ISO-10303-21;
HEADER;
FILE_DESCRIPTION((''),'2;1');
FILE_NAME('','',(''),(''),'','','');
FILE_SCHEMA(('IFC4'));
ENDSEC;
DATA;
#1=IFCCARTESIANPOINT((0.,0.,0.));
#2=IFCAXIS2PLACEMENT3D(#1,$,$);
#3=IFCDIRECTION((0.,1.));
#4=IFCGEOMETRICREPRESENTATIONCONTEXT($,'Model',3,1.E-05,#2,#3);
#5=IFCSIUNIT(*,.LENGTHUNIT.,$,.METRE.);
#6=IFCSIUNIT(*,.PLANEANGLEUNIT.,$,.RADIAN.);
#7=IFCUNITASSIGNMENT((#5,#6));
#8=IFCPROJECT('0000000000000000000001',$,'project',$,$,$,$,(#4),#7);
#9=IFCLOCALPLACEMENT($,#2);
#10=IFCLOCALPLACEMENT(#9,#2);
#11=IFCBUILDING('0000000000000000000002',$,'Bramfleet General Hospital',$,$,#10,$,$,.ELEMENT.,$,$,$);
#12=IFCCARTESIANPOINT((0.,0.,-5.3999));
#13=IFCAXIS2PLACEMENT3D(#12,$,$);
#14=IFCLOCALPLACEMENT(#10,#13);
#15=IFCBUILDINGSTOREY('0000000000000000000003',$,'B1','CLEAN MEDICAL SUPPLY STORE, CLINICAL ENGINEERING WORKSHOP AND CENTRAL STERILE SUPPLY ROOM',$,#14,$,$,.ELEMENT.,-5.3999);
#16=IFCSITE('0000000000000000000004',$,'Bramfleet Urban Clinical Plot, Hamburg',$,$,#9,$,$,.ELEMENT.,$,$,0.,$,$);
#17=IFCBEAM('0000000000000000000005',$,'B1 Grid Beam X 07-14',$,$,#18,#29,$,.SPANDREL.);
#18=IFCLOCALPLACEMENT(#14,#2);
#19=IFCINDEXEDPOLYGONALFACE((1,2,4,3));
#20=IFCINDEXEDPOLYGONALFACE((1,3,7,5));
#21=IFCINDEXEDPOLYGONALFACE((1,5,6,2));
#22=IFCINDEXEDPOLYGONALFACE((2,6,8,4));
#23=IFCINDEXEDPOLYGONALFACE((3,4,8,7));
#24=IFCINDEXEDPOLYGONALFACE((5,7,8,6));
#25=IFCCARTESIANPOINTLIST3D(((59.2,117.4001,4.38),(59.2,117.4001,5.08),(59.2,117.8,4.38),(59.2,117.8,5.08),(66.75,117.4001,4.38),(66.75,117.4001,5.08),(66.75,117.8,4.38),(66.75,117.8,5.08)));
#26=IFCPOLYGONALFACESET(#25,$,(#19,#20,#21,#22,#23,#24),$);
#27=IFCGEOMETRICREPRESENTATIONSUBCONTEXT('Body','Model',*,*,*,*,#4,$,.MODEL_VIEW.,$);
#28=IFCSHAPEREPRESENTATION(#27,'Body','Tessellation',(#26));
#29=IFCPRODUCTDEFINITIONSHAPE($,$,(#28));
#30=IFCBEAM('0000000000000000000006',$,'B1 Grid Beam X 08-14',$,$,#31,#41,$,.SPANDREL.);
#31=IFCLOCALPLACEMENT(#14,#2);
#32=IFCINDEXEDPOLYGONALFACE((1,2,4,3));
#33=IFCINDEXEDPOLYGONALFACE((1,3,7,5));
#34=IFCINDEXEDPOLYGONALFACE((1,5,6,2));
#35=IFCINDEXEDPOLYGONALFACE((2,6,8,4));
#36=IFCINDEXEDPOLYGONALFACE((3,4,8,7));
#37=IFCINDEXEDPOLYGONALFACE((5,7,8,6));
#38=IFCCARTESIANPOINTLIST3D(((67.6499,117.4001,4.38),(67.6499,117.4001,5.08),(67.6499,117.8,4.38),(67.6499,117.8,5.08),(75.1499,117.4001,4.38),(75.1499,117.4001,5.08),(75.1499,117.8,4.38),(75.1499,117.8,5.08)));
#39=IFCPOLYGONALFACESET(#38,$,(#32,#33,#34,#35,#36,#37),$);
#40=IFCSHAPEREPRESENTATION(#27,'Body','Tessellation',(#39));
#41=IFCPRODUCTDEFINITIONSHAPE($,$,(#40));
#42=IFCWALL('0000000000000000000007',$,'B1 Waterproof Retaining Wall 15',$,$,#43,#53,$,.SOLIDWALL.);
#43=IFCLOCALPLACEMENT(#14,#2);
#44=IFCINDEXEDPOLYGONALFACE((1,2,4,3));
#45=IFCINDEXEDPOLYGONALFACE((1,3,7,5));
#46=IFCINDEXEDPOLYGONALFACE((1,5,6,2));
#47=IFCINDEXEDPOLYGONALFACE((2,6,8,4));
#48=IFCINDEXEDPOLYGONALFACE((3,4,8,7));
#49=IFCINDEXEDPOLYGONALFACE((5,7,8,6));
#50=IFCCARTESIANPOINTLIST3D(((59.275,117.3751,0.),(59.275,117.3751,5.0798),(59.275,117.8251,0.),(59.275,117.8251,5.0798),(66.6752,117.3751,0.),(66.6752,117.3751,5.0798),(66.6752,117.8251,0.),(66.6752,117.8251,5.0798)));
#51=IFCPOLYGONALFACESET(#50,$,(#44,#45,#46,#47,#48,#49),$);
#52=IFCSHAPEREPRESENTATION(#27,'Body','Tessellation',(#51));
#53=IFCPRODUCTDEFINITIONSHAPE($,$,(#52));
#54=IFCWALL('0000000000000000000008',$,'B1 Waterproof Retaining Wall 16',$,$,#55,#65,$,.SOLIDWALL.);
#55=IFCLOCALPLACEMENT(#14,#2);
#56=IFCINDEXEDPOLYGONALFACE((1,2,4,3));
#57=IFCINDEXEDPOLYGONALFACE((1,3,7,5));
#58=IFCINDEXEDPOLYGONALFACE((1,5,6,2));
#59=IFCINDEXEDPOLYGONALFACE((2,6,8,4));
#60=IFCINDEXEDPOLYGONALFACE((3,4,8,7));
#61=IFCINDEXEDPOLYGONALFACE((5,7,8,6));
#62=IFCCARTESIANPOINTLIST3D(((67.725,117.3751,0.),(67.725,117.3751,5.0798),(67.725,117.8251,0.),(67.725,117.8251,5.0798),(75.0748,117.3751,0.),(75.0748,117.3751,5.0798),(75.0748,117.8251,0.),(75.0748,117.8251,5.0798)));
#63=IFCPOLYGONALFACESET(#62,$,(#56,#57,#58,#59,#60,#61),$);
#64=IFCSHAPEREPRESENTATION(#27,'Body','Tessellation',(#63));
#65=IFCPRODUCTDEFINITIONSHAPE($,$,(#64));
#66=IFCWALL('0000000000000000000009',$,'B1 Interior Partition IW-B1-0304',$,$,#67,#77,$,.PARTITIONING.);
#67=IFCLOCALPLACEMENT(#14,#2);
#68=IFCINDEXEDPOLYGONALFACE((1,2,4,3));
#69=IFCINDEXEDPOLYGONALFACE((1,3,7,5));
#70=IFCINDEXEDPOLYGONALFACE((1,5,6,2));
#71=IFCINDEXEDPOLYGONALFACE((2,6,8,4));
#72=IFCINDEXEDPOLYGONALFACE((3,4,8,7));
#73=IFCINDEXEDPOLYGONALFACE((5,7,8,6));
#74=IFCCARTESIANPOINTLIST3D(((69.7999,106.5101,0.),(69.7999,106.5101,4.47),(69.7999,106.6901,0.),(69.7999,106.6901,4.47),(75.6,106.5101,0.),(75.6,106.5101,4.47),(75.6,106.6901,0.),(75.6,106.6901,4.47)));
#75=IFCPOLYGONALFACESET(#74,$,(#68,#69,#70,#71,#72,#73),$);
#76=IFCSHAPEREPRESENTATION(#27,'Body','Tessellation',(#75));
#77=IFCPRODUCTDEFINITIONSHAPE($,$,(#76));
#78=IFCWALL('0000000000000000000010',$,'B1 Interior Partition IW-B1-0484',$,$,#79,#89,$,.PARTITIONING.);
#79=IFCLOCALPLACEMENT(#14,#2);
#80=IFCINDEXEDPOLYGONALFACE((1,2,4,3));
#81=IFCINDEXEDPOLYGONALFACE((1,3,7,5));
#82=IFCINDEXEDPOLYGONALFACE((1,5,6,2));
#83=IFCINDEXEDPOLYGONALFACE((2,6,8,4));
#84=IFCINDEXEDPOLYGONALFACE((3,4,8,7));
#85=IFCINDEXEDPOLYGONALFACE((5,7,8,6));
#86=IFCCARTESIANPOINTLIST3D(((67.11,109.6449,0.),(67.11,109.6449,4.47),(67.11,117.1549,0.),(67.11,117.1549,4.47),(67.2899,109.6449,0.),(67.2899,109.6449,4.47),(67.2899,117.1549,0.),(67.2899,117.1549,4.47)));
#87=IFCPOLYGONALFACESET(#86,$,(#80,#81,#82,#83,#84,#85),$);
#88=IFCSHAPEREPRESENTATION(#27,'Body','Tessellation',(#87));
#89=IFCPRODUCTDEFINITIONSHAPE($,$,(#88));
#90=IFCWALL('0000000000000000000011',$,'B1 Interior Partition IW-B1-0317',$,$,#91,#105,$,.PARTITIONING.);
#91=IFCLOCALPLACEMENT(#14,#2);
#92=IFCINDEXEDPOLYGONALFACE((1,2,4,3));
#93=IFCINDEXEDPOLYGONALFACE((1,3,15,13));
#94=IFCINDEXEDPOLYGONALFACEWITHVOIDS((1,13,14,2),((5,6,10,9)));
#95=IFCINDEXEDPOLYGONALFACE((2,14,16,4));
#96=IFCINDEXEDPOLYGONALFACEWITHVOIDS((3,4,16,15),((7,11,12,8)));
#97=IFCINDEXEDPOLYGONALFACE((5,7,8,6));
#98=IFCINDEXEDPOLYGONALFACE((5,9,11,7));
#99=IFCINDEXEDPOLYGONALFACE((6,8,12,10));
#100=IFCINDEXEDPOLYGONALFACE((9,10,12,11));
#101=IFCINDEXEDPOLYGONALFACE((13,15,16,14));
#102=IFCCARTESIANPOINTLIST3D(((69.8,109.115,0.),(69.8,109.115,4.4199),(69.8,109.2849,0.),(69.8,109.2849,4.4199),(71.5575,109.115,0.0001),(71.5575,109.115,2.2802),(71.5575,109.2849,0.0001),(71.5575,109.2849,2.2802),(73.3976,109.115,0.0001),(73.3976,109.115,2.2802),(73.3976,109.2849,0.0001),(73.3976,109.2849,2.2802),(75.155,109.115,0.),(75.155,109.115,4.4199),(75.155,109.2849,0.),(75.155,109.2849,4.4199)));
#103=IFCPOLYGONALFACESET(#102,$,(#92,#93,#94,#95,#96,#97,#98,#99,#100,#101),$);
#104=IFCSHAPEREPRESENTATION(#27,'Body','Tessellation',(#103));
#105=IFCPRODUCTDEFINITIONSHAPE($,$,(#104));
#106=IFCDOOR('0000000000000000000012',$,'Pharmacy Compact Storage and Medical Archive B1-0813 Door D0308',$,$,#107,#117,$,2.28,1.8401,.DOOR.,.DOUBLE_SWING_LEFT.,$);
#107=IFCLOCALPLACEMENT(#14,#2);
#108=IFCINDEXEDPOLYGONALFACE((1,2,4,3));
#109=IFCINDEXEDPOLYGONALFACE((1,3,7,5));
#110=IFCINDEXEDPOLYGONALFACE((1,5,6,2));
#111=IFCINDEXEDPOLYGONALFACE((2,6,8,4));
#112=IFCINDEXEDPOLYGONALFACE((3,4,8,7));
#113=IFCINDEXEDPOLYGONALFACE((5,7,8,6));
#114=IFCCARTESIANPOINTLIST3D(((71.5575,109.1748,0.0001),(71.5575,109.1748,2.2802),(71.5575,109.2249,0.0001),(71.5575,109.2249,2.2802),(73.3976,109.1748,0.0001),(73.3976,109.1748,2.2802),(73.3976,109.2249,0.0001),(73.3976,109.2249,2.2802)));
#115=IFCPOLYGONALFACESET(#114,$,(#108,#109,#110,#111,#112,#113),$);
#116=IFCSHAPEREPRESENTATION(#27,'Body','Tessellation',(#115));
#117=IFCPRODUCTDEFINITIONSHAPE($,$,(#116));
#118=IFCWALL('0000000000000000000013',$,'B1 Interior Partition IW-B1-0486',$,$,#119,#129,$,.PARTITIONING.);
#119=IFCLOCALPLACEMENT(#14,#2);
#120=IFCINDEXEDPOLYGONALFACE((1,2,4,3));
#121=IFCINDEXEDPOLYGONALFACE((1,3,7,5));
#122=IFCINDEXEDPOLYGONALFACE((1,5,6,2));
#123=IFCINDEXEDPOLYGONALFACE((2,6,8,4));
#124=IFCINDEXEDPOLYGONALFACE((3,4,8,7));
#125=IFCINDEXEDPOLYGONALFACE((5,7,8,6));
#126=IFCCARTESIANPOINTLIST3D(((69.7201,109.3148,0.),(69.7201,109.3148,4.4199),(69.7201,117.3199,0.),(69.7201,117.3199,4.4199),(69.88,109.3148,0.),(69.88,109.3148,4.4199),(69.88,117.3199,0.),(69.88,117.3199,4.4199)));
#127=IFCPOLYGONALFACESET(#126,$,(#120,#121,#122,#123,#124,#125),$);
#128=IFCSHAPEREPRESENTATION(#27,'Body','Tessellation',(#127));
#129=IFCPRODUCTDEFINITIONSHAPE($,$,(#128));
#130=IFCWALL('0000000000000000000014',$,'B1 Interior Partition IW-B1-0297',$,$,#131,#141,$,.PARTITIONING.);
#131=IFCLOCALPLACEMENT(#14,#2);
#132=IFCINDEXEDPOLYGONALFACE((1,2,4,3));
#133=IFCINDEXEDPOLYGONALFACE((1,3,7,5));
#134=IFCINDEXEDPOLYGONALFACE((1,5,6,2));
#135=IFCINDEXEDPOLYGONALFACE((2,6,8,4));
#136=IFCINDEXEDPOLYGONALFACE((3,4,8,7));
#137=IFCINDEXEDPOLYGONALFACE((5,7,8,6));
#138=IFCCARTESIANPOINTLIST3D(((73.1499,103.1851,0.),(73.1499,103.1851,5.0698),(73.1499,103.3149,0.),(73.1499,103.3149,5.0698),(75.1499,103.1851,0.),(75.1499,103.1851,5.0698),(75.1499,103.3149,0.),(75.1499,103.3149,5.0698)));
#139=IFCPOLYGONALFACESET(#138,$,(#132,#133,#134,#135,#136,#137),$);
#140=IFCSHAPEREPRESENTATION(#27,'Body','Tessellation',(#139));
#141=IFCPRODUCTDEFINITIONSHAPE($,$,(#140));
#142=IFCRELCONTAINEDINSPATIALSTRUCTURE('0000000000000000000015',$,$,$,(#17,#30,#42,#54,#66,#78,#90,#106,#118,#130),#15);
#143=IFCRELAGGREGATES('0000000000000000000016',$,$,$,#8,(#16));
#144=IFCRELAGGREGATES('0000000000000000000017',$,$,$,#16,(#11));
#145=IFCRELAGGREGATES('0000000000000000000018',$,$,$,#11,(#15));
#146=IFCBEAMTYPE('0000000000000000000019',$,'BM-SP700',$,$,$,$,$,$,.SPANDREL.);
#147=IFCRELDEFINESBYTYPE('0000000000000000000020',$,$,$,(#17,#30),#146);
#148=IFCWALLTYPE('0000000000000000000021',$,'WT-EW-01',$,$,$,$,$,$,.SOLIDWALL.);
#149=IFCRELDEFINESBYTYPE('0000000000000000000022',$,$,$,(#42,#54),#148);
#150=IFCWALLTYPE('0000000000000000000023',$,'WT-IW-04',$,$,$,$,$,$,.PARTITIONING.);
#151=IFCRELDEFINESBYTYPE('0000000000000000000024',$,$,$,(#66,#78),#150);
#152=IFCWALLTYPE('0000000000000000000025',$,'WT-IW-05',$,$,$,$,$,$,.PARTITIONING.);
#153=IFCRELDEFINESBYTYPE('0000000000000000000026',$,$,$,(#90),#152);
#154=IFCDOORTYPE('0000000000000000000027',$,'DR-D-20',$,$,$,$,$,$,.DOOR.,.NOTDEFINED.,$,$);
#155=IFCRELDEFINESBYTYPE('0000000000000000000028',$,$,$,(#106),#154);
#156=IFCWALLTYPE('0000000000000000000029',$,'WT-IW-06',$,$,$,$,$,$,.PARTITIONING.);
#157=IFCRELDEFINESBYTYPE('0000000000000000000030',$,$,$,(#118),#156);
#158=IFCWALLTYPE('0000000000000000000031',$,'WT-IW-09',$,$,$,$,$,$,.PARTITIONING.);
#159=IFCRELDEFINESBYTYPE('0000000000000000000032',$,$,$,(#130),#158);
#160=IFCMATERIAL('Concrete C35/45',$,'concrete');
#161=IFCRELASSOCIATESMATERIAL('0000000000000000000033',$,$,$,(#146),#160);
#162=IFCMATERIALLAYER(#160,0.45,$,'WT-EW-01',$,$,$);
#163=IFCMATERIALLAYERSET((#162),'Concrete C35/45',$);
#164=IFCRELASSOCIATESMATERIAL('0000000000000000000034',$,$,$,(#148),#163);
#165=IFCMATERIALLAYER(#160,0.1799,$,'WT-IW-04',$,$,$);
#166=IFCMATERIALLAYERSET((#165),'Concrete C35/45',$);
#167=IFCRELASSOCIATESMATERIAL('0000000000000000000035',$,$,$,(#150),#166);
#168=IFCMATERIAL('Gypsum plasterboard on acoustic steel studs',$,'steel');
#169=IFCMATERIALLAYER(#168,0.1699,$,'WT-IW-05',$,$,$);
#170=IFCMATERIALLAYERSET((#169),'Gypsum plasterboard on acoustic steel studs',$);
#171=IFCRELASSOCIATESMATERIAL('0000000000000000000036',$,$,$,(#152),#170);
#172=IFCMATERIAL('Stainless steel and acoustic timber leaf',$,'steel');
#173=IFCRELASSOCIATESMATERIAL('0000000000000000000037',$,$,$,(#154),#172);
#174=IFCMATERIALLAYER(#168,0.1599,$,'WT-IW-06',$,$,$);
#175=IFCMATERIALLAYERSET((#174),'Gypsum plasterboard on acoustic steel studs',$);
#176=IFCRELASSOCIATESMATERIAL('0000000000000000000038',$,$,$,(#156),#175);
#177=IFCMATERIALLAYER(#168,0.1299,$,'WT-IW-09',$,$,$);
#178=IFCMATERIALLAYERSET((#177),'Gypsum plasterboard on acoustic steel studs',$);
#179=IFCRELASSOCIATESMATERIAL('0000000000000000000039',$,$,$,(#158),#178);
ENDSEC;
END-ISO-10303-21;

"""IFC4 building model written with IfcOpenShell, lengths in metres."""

from ifc_helpers import new_model, si_unit, direction, frame, frame_2d, origin, origin_2d, place, context, subcontext, project, spatial, rectangle, extrude, material, layer, layer_set, material_profile, profile_set, type_object, element, fill, save


model = new_model("IFC4")

# Units and contexts
model_context = context("Model", 3, precision=1e-05, world=origin(), true_north=direction((0.0, 1.0)))
body_context = subcontext(model_context, "Body", "Model", "MODEL_VIEW")
ifc_project = project(units=[si_unit("LENGTHUNIT", "METRE"), si_unit("PLANEANGLEUNIT", "RADIAN")], contexts=[model_context])

# Site, building, storey
site_placement = place(None, origin())
site = spatial("IfcSite", under=ifc_project, at=site_placement, Name="Bramfleet Urban Clinical Plot, Hamburg", CompositionType="ELEMENT", RefElevation=0.0)
building_placement = place(site_placement, origin())
building = spatial("IfcBuilding", under=site, at=building_placement, Name="Bramfleet General Hospital", CompositionType="ELEMENT")
storey_placement = place(building_placement, frame((0.0, 0.0, -5.3999)))
storey = spatial("IfcBuildingStorey", under=building, at=storey_placement, Name="B1", Description="CLEAN MEDICAL SUPPLY STORE, CLINICAL ENGINEERING WORKSHOP AND CENTRAL STERILE SUPPLY ROOM", CompositionType="ELEMENT", Elevation=-5.3999)

# Shared definitions
ifc_material_1 = material(Name="Concrete C35/45", Category="concrete")

# Beams
ifc_material_profile_1 = material_profile(ifc_material_1, rectangle(XDim=0.3999, YDim=0.7, at=origin_2d()), Name="RC SP 700x400")
ifc_profile_set_1 = profile_set([ifc_material_profile_1], Name="Concrete C35/45")
beam_type_1 = type_object("IfcBeamType", Name="BM-SP700", PredefinedType="SPANDREL", material=ifc_profile_set_1)
beam_1_placement = place(storey_placement, frame((59.2, 117.6001, 4.73), z_axis=(1.0, 0.0, 0.0), x_axis=(0.0, 1.0, 0.0)))
element("IfcBeam", 1, at=beam_1_placement, inside=storey, type_object=beam_type_1, Name="B1 Grid Beam X 07-14", PredefinedType="SPANDREL", context=body_context, shape_type="SweptSolid", body=[
    extrude(rectangle(XDim=0.3999, YDim=0.7, at=origin_2d()), origin(), (0.0, 0.0, 1.0), 7.55),
])
beam_2_placement = place(storey_placement, frame((67.6499, 117.6001, 4.73), z_axis=(1.0, 0.0, 0.0), x_axis=(0.0, 1.0, 0.0)))
element("IfcBeam", 2, at=beam_2_placement, inside=storey, type_object=beam_type_1, Name="B1 Grid Beam X 08-14", PredefinedType="SPANDREL", context=body_context, shape_type="SweptSolid", body=[
    extrude(rectangle(XDim=0.3999, YDim=0.7, at=origin_2d()), origin(), (0.0, 0.0, 1.0), 7.5),
])

# Walls
ifc_layer_1 = layer(ifc_material_1, 0.45, Name="WT-EW-01")
ifc_layer_set_1 = layer_set([ifc_layer_1], Name="Concrete C35/45")
wall_type_1 = type_object("IfcWallType", Name="WT-EW-01", PredefinedType="SOLIDWALL", material=ifc_layer_set_1)
wall_1_placement = place(storey_placement, frame((59.2749, 117.6001, 0.0), z_axis=(0.0, 0.0, 1.0), x_axis=(1.0, 0.0, 0.0)))
element("IfcWall", 3, at=wall_1_placement, inside=storey, type_object=wall_type_1, Name="B1 Waterproof Retaining Wall 15", PredefinedType="SOLIDWALL", context=body_context, shape_type="SweptSolid", body=[
    extrude(rectangle(XDim=7.4001, YDim=0.45, at=frame_2d((3.7002, 0.0))), origin(), (0.0, 0.0, 1.0), 5.0798),
])
wall_2_placement = place(storey_placement, frame((67.7251, 117.6001, 0.0), z_axis=(0.0, 0.0, 1.0), x_axis=(1.0, 0.0, 0.0)))
element("IfcWall", 4, at=wall_2_placement, inside=storey, type_object=wall_type_1, Name="B1 Waterproof Retaining Wall 16", PredefinedType="SOLIDWALL", context=body_context, shape_type="SweptSolid", body=[
    extrude(rectangle(XDim=7.3499, YDim=0.45, at=frame_2d((3.6748, 0.0))), origin(), (0.0, 0.0, 1.0), 5.0798),
])
ifc_layer_2 = layer(ifc_material_1, 0.1799, Name="WT-IW-04")
ifc_layer_set_2 = layer_set([ifc_layer_2], Name="Concrete C35/45")
wall_type_2 = type_object("IfcWallType", Name="WT-IW-04", PredefinedType="PARTITIONING", material=ifc_layer_set_2)
wall_3_placement = place(storey_placement, frame((69.8, 106.6001, 0.0), z_axis=(0.0, 0.0, 1.0), x_axis=(1.0, 0.0, 0.0)))
element("IfcWall", 5, at=wall_3_placement, inside=storey, type_object=wall_type_2, Name="B1 Interior Partition IW-B1-0304", PredefinedType="PARTITIONING", context=body_context, shape_type="SweptSolid", body=[
    extrude(rectangle(XDim=5.8, YDim=0.1799, at=frame_2d((2.8999, 0.0))), origin(), (0.0, 0.0, 1.0), 4.47),
])
wall_4_placement = place(storey_placement, frame((67.2, 109.645, 0.0), z_axis=(0.0, 0.0, 1.0), x_axis=(0.0, 1.0, 0.0)))
element("IfcWall", 6, at=wall_4_placement, inside=storey, type_object=wall_type_2, Name="B1 Interior Partition IW-B1-0484", PredefinedType="PARTITIONING", context=body_context, shape_type="SweptSolid", body=[
    extrude(rectangle(XDim=7.51, YDim=0.1799, at=frame_2d((3.7549, 0.0))), origin(), (0.0, 0.0, 1.0), 4.47),
])

# Wall, opening, door
ifc_material_2 = material(Name="Gypsum plasterboard on acoustic steel studs", Category="steel")
ifc_layer_3 = layer(ifc_material_2, 0.1699, Name="WT-IW-05")
ifc_layer_set_3 = layer_set([ifc_layer_3], Name="Gypsum plasterboard on acoustic steel studs")
wall_type_3 = type_object("IfcWallType", Name="WT-IW-05", PredefinedType="PARTITIONING", material=ifc_layer_set_3)
wall_5_placement = place(storey_placement, frame((69.8, 109.2, 0.0), z_axis=(0.0, 0.0, 1.0), x_axis=(1.0, 0.0, 0.0)))
wall_5 = element("IfcWall", 7, at=wall_5_placement, inside=storey, type_object=wall_type_3, Name="B1 Interior Partition IW-B1-0317", PredefinedType="PARTITIONING", context=body_context, shape_type="SweptSolid", body=[
    extrude(rectangle(XDim=5.355, YDim=0.1699, at=frame_2d((2.6775, 0.0))), origin(), (0.0, 0.0, 1.0), 4.4199),
])
opening_placement = place(wall_5_placement, frame((1.7576, 0.0, 0.0)))
opening = element("IfcOpeningElement", 8, at=opening_placement, cuts=wall_5, PredefinedType="OPENING", context=body_context, shape_type="SweptSolid", body=[
    extrude(rectangle(XDim=1.8401, YDim=2.28, at=frame_2d((0.9199, 1.1401))), frame((0.0, 0.095, 0.0), z_axis=(0.0, -1.0, 0.0), x_axis=(1.0, 0.0, 0.0)), (0.0, 0.0, 1.0), 0.1899),
])
ifc_material_3 = material(Name="Stainless steel and acoustic timber leaf", Category="steel")
door_type = type_object("IfcDoorType", Name="DR-D-20", OperationType="NOTDEFINED", PredefinedType="DOOR", material=ifc_material_3)
door_placement = place(opening_placement, origin())
door = element("IfcDoor", 9, at=door_placement, inside=storey, type_object=door_type, Name="Pharmacy Compact Storage and Medical Archive B1-0813 Door D0308", OperationType="DOUBLE_SWING_LEFT", OverallHeight=2.28, OverallWidth=1.8401, PredefinedType="DOOR", context=body_context, shape_type="SweptSolid", body=[
    extrude(rectangle(XDim=1.8401, YDim=2.28, at=frame_2d((0.9199, 1.1401))), frame((0.0, 0.0249, 0.0), z_axis=(0.0, -1.0, 0.0), x_axis=(1.0, 0.0, 0.0)), (0.0, 0.0, 1.0), 0.05),
])
fill(opening, door)

# Walls
ifc_layer_4 = layer(ifc_material_2, 0.1599, Name="WT-IW-06")
ifc_layer_set_4 = layer_set([ifc_layer_4], Name="Gypsum plasterboard on acoustic steel studs")
wall_type_4 = type_object("IfcWallType", Name="WT-IW-06", PredefinedType="PARTITIONING", material=ifc_layer_set_4)
wall_6_placement = place(storey_placement, frame((69.8, 109.3149, 0.0), z_axis=(0.0, 0.0, 1.0), x_axis=(0.0, 1.0, 0.0)))
element("IfcWall", 10, at=wall_6_placement, inside=storey, type_object=wall_type_4, Name="B1 Interior Partition IW-B1-0486", PredefinedType="PARTITIONING", context=body_context, shape_type="SweptSolid", body=[
    extrude(rectangle(XDim=8.0051, YDim=0.1599, at=frame_2d((4.0024, 0.0))), origin(), (0.0, 0.0, 1.0), 4.4199),
])
ifc_layer_5 = layer(ifc_material_2, 0.1299, Name="WT-IW-09")
ifc_layer_set_5 = layer_set([ifc_layer_5], Name="Gypsum plasterboard on acoustic steel studs")
wall_type_5 = type_object("IfcWallType", Name="WT-IW-09", PredefinedType="PARTITIONING", material=ifc_layer_set_5)
wall_7_placement = place(storey_placement, frame((73.1499, 103.25, 0.0), z_axis=(0.0, 0.0, 1.0), x_axis=(1.0, 0.0, 0.0)))
element("IfcWall", 11, at=wall_7_placement, inside=storey, type_object=wall_type_5, Name="B1 Interior Partition IW-B1-0297", PredefinedType="PARTITIONING", context=body_context, shape_type="SweptSolid", body=[
    extrude(rectangle(XDim=2.0, YDim=0.1299, at=frame_2d((1.0, 0.0))), origin(), (0.0, 0.0, 1.0), 5.0698),
])

save(model, "model.ifc")
